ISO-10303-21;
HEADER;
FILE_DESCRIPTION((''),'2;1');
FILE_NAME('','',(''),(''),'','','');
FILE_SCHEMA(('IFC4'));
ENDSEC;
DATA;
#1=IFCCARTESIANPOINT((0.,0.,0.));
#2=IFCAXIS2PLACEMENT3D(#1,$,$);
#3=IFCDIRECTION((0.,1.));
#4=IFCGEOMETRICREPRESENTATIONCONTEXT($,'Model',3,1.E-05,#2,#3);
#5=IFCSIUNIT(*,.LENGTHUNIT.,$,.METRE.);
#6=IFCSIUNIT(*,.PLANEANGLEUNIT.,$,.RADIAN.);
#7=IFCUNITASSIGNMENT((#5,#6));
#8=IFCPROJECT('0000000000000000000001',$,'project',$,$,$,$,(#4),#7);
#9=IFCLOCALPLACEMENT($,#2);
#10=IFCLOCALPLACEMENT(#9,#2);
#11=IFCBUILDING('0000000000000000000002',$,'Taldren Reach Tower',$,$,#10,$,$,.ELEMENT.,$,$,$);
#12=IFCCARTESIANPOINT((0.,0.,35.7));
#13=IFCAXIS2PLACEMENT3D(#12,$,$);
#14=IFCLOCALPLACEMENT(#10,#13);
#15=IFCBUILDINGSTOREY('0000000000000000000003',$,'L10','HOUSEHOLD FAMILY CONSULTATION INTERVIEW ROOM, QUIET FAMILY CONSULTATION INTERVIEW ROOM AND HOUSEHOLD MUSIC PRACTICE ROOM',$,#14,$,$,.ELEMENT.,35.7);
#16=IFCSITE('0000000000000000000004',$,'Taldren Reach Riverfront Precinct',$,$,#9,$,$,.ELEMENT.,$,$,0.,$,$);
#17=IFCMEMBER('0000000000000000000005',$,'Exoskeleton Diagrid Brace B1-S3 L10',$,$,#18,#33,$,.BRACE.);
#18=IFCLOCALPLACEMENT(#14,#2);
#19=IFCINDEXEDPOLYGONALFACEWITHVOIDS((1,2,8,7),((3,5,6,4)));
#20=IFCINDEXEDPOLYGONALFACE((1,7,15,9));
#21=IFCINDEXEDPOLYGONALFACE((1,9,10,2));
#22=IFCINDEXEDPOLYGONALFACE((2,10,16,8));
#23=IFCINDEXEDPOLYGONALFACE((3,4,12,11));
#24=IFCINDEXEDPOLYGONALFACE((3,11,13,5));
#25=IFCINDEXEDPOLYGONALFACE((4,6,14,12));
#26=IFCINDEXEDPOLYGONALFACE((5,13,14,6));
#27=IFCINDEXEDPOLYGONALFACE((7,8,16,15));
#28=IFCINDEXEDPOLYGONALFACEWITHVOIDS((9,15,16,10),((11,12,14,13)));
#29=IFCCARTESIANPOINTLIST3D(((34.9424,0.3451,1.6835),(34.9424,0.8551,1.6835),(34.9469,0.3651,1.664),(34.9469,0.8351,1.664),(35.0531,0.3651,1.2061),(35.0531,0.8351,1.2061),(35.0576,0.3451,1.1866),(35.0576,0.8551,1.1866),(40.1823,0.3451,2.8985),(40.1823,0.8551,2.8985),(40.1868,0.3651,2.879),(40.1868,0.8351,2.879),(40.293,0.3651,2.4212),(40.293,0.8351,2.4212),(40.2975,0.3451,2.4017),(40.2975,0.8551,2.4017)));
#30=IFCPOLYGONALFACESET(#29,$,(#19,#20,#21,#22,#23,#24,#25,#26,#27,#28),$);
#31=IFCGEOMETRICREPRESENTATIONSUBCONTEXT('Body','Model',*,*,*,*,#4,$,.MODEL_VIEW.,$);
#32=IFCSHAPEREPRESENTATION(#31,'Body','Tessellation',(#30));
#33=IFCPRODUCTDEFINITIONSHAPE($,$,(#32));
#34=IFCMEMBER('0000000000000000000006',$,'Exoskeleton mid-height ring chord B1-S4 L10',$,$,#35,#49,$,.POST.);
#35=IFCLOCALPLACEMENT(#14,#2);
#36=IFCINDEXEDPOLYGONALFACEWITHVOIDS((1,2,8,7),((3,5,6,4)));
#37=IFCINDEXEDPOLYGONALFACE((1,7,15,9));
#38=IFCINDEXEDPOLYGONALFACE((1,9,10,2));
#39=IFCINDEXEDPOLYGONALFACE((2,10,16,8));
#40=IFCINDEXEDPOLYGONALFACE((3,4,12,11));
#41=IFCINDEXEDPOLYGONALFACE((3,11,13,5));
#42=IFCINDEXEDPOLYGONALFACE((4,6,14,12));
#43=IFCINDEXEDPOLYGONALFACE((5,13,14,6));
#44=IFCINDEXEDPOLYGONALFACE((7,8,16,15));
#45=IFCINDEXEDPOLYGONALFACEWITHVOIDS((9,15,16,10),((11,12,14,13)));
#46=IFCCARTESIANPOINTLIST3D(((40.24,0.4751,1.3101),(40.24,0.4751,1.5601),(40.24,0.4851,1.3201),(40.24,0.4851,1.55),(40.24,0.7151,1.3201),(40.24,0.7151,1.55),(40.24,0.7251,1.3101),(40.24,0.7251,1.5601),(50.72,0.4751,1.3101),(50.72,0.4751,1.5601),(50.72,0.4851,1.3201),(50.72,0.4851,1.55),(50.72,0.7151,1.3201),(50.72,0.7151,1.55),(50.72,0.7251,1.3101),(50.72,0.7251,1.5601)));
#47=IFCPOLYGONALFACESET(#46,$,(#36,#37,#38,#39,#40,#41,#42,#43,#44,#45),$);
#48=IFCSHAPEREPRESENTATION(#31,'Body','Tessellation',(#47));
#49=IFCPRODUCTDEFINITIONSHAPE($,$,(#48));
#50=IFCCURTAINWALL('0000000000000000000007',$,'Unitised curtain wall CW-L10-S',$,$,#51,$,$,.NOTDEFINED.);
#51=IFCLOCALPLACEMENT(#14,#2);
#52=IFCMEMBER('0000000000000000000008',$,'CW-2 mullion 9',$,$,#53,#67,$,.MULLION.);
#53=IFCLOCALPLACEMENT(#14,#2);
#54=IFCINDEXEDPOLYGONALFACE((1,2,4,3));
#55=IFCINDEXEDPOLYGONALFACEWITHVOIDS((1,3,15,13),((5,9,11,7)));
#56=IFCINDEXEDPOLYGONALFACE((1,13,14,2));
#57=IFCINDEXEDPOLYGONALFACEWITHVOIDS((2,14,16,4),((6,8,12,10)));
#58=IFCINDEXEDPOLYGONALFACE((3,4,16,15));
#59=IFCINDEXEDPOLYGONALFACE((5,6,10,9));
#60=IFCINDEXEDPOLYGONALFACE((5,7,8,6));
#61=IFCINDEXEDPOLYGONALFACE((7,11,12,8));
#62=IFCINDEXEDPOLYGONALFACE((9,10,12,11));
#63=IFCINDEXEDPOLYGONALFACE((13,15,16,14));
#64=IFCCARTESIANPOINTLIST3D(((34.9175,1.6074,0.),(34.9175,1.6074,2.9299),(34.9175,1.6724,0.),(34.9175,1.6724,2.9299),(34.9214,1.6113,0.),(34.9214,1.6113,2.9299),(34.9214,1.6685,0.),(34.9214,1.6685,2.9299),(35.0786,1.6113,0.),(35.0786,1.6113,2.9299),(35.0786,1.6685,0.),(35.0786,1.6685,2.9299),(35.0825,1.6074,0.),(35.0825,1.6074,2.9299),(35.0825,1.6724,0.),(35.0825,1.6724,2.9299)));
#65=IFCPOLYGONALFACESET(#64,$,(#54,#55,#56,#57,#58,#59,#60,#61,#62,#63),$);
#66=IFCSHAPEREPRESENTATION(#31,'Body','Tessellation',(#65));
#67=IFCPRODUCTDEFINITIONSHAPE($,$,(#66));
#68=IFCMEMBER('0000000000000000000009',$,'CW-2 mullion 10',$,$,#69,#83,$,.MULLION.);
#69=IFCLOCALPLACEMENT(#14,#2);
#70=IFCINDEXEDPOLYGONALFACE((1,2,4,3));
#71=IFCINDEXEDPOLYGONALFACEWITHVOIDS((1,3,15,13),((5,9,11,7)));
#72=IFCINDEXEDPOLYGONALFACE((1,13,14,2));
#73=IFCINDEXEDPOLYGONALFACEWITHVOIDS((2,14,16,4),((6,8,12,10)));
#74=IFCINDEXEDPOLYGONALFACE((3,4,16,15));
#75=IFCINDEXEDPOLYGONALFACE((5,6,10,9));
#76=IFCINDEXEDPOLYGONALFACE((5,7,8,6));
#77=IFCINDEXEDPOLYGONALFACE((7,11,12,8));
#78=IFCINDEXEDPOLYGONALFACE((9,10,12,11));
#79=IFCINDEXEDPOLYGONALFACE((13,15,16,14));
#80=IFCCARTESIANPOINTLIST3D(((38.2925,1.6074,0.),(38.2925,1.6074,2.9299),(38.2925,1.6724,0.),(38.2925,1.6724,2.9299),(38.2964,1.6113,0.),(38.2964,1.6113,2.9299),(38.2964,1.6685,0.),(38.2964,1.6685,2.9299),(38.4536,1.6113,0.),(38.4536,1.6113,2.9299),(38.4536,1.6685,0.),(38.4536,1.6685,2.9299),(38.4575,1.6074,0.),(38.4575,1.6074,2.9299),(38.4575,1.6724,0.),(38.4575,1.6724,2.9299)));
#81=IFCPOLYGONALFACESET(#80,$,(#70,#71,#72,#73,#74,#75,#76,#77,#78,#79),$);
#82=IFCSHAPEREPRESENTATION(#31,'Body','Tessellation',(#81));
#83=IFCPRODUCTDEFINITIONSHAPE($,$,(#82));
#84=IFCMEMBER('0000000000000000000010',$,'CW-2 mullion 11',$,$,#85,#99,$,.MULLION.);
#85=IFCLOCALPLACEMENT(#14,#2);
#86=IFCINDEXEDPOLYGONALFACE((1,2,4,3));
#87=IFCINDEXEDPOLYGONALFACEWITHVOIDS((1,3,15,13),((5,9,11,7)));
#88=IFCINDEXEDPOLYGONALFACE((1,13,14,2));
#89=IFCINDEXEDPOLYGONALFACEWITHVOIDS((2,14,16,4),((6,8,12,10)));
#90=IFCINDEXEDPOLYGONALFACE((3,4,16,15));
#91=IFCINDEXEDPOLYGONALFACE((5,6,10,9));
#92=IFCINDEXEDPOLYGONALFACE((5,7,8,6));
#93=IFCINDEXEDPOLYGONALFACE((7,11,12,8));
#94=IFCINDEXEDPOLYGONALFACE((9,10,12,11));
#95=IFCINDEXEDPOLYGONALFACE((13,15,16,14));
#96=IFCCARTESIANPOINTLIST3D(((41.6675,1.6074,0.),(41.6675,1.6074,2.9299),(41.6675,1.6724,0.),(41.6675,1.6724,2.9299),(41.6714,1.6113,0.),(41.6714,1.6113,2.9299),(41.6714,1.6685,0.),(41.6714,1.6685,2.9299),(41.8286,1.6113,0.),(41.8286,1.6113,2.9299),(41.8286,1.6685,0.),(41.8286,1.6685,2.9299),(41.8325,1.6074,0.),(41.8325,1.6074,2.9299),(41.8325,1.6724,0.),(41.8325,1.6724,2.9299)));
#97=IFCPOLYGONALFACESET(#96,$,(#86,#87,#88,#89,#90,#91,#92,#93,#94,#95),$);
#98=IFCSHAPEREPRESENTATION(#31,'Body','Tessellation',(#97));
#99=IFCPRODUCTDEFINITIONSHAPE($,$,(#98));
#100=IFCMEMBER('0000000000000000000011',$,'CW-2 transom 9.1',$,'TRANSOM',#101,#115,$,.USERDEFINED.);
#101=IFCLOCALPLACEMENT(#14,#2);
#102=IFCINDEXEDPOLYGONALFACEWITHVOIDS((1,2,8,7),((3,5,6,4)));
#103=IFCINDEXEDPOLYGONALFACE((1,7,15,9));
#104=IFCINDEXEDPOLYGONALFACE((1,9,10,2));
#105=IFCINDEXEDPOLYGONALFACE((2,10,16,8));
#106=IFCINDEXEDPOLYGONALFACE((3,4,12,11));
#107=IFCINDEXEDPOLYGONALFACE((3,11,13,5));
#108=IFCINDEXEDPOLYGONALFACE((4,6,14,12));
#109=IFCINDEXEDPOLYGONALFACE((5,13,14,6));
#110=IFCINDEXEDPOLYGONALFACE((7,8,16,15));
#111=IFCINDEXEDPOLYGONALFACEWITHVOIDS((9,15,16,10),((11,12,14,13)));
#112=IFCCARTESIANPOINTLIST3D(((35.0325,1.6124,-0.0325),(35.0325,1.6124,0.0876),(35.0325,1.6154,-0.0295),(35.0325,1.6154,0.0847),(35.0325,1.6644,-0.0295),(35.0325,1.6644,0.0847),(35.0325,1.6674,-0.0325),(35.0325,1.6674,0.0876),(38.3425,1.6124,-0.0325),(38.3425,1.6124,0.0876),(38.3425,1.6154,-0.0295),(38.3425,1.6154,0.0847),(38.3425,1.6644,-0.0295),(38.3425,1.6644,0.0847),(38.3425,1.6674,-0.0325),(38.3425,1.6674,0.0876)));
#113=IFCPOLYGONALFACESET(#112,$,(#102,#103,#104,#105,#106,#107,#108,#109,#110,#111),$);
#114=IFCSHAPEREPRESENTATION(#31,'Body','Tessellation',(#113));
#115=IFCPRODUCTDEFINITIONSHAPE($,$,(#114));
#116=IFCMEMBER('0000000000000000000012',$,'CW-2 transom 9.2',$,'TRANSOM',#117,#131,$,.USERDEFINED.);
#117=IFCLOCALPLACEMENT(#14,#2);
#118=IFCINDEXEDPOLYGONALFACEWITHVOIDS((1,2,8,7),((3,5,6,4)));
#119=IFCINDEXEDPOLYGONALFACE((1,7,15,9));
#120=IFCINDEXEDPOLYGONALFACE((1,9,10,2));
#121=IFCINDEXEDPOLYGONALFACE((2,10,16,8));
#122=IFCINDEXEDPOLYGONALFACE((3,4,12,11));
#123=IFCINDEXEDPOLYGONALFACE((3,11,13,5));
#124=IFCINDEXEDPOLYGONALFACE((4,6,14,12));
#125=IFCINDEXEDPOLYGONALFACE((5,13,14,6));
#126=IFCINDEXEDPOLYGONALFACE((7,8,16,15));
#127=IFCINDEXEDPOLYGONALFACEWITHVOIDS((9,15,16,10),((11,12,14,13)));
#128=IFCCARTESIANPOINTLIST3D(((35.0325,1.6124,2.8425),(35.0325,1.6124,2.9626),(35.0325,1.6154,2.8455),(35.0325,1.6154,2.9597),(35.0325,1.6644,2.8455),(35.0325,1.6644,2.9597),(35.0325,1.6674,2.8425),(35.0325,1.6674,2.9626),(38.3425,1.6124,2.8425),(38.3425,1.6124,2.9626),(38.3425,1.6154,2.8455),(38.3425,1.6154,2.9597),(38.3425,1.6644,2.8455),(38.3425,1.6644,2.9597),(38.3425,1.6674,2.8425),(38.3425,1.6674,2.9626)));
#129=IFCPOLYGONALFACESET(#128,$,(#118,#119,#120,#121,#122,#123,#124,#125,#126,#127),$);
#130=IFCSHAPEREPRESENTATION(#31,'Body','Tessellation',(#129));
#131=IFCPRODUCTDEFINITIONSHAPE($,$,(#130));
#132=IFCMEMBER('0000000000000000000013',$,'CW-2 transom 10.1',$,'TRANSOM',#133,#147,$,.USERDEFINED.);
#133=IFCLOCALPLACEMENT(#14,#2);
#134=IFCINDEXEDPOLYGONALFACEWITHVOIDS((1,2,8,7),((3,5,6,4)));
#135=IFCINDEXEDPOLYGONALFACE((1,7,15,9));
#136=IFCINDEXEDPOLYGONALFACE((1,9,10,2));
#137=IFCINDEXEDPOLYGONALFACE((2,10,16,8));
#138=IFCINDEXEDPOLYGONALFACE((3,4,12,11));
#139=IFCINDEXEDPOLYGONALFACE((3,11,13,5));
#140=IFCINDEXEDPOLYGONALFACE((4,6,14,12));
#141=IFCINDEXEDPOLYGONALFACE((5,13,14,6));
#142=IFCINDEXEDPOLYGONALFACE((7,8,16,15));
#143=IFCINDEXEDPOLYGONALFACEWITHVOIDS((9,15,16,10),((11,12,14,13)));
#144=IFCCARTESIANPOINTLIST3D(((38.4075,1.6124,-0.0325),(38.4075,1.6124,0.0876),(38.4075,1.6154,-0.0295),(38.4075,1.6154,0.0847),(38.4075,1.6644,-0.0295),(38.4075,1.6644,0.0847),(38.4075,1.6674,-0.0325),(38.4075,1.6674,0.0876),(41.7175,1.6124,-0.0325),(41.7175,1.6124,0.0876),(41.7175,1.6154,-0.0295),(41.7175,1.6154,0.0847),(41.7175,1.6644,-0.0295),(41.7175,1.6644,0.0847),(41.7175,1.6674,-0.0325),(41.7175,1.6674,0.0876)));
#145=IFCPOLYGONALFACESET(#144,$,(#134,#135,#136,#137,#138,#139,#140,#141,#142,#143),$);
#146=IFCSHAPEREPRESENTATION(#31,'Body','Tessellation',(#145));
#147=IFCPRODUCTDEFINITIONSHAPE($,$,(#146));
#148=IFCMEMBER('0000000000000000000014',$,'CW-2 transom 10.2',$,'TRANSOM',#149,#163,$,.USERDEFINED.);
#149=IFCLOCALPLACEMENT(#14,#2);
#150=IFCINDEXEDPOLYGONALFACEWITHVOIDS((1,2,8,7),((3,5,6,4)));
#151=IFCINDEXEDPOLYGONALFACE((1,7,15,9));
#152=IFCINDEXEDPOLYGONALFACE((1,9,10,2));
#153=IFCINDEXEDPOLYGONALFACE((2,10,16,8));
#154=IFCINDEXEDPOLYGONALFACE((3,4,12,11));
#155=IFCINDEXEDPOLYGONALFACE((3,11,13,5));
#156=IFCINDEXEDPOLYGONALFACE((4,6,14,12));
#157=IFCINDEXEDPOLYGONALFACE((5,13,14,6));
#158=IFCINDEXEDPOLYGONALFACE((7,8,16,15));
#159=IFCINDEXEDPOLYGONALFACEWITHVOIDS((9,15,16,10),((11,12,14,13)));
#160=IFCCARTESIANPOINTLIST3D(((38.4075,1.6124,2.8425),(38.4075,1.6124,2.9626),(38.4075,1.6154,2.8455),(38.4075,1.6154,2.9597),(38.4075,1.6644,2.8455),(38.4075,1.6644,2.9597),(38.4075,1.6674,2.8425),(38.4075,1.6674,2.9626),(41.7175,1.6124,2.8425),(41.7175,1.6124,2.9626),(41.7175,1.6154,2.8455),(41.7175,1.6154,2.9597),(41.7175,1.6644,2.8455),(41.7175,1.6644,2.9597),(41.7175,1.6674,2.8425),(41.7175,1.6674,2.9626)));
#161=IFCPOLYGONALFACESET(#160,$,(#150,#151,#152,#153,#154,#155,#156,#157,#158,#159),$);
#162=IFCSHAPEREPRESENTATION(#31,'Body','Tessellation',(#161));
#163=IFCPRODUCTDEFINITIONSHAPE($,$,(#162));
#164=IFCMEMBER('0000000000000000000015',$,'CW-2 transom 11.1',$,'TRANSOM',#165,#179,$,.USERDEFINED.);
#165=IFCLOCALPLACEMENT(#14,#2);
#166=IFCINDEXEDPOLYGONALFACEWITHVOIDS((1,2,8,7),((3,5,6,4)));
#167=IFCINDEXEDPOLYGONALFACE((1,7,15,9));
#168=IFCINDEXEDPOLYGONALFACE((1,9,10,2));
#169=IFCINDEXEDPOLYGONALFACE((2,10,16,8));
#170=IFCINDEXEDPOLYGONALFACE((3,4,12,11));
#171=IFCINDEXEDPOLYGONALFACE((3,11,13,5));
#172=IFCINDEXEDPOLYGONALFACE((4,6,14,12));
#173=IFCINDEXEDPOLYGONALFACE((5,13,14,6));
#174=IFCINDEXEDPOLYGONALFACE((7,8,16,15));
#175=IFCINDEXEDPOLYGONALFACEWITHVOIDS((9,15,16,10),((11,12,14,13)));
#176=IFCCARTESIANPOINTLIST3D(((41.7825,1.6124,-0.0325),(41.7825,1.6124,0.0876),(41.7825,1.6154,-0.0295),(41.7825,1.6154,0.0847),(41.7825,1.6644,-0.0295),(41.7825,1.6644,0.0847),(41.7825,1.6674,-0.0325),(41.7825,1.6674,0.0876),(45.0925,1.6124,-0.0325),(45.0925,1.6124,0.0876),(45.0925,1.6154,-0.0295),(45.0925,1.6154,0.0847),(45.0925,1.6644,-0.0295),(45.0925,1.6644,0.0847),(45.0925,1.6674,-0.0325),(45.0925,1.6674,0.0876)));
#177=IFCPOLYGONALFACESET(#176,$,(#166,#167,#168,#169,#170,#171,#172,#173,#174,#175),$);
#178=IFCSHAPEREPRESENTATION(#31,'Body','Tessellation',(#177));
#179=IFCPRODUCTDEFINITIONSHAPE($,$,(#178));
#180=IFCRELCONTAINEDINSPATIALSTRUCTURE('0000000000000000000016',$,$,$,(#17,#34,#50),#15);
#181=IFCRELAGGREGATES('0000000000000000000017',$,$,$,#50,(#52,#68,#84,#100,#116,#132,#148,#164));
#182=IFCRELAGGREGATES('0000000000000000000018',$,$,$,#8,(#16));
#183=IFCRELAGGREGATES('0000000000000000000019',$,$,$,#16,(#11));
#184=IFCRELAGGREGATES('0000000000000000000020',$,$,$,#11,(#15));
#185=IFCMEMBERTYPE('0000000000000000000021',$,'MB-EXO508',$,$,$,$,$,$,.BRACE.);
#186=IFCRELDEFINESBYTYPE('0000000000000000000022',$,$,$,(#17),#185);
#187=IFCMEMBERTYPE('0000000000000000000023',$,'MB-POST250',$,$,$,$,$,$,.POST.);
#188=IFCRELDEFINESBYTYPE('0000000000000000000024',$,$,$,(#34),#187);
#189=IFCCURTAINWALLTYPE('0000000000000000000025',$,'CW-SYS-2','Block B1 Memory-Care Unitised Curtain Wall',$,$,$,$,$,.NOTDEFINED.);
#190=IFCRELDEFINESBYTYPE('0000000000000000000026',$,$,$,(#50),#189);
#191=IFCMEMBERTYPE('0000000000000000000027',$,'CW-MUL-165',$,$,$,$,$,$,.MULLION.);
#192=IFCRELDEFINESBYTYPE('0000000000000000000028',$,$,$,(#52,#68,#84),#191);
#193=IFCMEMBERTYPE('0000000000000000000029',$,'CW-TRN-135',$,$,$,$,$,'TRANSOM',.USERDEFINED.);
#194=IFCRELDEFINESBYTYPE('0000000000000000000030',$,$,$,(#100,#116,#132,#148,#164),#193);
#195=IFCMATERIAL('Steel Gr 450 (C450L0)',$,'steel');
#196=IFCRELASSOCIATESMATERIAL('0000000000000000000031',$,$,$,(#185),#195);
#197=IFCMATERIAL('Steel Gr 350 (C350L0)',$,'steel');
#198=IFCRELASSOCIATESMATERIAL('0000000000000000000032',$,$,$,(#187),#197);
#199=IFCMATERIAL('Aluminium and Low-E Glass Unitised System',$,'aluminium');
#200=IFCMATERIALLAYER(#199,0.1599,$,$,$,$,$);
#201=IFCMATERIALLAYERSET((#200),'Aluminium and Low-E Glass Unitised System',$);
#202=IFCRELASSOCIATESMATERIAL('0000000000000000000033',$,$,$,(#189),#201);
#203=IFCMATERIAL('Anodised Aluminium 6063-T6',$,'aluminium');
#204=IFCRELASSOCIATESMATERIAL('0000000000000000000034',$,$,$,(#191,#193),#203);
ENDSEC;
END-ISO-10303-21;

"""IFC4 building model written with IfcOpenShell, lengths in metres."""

from ifc_helpers import new_model, si_unit, direction, frame, origin, origin_2d, place, context, subcontext, project, spatial, hollow_rectangle, extrude, source, transform, mapped, material, layer, layer_set, material_profile, profile_set, type_object, element, aggregate, save


model = new_model("IFC4")

# Units and contexts
model_context = context("Model", 3, precision=1e-05, world=origin(), true_north=direction((0.0, 1.0)))
body_context = subcontext(model_context, "Body", "Model", "MODEL_VIEW")
ifc_project = project(units=[si_unit("LENGTHUNIT", "METRE"), si_unit("PLANEANGLEUNIT", "RADIAN")], contexts=[model_context])

# Site, building, storey
site_placement = place(None, origin())
site = spatial("IfcSite", under=ifc_project, at=site_placement, Name="Taldren Reach Riverfront Precinct", CompositionType="ELEMENT", RefElevation=0.0)
building_placement = place(site_placement, origin())
building = spatial("IfcBuilding", under=site, at=building_placement, Name="Taldren Reach Tower", CompositionType="ELEMENT")
storey_placement = place(building_placement, frame((0.0, 0.0, 35.7)))
storey = spatial("IfcBuildingStorey", under=building, at=storey_placement, Name="L10", Description="HOUSEHOLD FAMILY CONSULTATION INTERVIEW ROOM, QUIET FAMILY CONSULTATION INTERVIEW ROOM AND HOUSEHOLD MUSIC PRACTICE ROOM", CompositionType="ELEMENT", Elevation=35.7)

# Members
ifc_material_1 = material(Name="Steel Gr 450 (C450L0)", Category="steel")
ifc_material_profile_1 = material_profile(ifc_material_1, hollow_rectangle(XDim=0.51, YDim=0.51, WallThickness=0.02, at=origin_2d()), Name="510x510x20.0SHS")
ifc_profile_set_1 = profile_set([ifc_material_profile_1], Name="Steel Gr 450 (C450L0)")
member_type_1 = type_object("IfcMemberType", Name="MB-EXO508", PredefinedType="BRACE", material=ifc_profile_set_1)
shared_shape_1 = source(origin(), body_context, "Body", "SweptSolid", [
    extrude(hollow_rectangle(XDim=0.51, YDim=0.51, WallThickness=0.02, at=origin_2d()), origin(), (0.0, 0.0, 1.0), 5.3789),
])
member_1_placement = place(storey_placement, frame((35.0, 0.6001, 1.4351), z_axis=(0.974152, 0.0, 0.225894), x_axis=(0.0, 1.0, 0.0)))
element("IfcMember", 1, at=member_1_placement, inside=storey, type_object=member_type_1, Name="Exoskeleton Diagrid Brace B1-S3 L10", PredefinedType="BRACE", context=body_context, shape_type="MappedRepresentation", body=[
    mapped(shared_shape_1, transform((0.0, 0.0, 0.0), scale=1.0)),
])
ifc_material_2 = material(Name="Steel Gr 350 (C350L0)", Category="steel")
ifc_material_profile_2 = material_profile(ifc_material_2, hollow_rectangle(XDim=0.25, YDim=0.25, WallThickness=0.01, at=origin_2d()), Name="250x250x10.0SHS")
ifc_profile_set_2 = profile_set([ifc_material_profile_2], Name="Steel Gr 350 (C350L0)")
member_type_2 = type_object("IfcMemberType", Name="MB-POST250", PredefinedType="POST", material=ifc_profile_set_2)
shared_shape_2 = source(origin(), body_context, "Body", "SweptSolid", [
    extrude(hollow_rectangle(XDim=0.25, YDim=0.25, WallThickness=0.01, at=origin_2d()), origin(), (0.0, 0.0, 1.0), 10.48),
])
member_2_placement = place(storey_placement, frame((40.24, 0.6001, 1.4351), z_axis=(1.0, 0.0, 0.0), x_axis=(0.0, 1.0, 0.0)))
element("IfcMember", 2, at=member_2_placement, inside=storey, type_object=member_type_2, Name="Exoskeleton mid-height ring chord B1-S4 L10", PredefinedType="POST", context=body_context, shape_type="MappedRepresentation", body=[
    mapped(shared_shape_2, transform((0.0, 0.0, 0.0), scale=1.0)),
])

# Curtain wall, members
ifc_material_3 = material(Name="Aluminium and Low-E Glass Unitised System", Category="aluminium")
ifc_layer_1 = layer(ifc_material_3, 0.1599)
ifc_layer_set_1 = layer_set([ifc_layer_1], Name="Aluminium and Low-E Glass Unitised System")
curtain_wall_type = type_object("IfcCurtainWallType", Name="CW-SYS-2", Description="Block B1 Memory-Care Unitised Curtain Wall", PredefinedType="NOTDEFINED", material=ifc_layer_set_1)
curtain_wall_placement = place(storey_placement, origin())
curtain_wall = element("IfcCurtainWall", 3, at=curtain_wall_placement, inside=storey, type_object=curtain_wall_type, Name="Unitised curtain wall CW-L10-S", PredefinedType="NOTDEFINED")
ifc_material_4 = material(Name="Anodised Aluminium 6063-T6", Category="aluminium")
ifc_material_profile_3 = material_profile(ifc_material_4, hollow_rectangle(XDim=0.0649, YDim=0.165, WallThickness=0.0039, at=origin_2d()), Name="ALU-165x65x4RHS")
ifc_profile_set_3 = profile_set([ifc_material_profile_3], Name="Anodised Aluminium 6063-T6")
member_type_3 = type_object("IfcMemberType", Name="CW-MUL-165", PredefinedType="MULLION", material=ifc_profile_set_3)
shared_shape_3 = source(origin(), body_context, "Body", "SweptSolid", [
    extrude(hollow_rectangle(XDim=0.0649, YDim=0.165, WallThickness=0.0039, at=origin_2d()), origin(), (0.0, 0.0, 1.0), 2.9299),
])
member_3_placement = place(storey_placement, frame((35.0, 1.6399, 0.0), z_axis=(0.0, 0.0, 1.0), x_axis=(0.0, 1.0, 0.0)))
member_3 = element("IfcMember", 4, at=member_3_placement, type_object=member_type_3, Name="CW-2 mullion 9", PredefinedType="MULLION", context=body_context, shape_type="MappedRepresentation", body=[
    mapped(shared_shape_3, transform((0.0, 0.0, 0.0), scale=1.0)),
])
member_4_placement = place(storey_placement, frame((38.375, 1.6399, 0.0), z_axis=(0.0, 0.0, 1.0), x_axis=(0.0, 1.0, 0.0)))
member_4 = element("IfcMember", 5, at=member_4_placement, type_object=member_type_3, Name="CW-2 mullion 10", PredefinedType="MULLION", context=body_context, shape_type="MappedRepresentation", body=[
    mapped(shared_shape_3, transform((0.0, 0.0, 0.0), scale=1.0)),
])
member_5_placement = place(storey_placement, frame((41.75, 1.6399, 0.0), z_axis=(0.0, 0.0, 1.0), x_axis=(0.0, 1.0, 0.0)))
member_5 = element("IfcMember", 6, at=member_5_placement, type_object=member_type_3, Name="CW-2 mullion 11", PredefinedType="MULLION", context=body_context, shape_type="MappedRepresentation", body=[
    mapped(shared_shape_3, transform((0.0, 0.0, 0.0), scale=1.0)),
])
ifc_material_profile_4 = material_profile(ifc_material_4, hollow_rectangle(XDim=0.0549, YDim=0.1201, WallThickness=0.0029, at=origin_2d()), Name="ALU-120x55x3RHS")
ifc_profile_set_4 = profile_set([ifc_material_profile_4], Name="Anodised Aluminium 6063-T6")
member_type_4 = type_object("IfcMemberType", Name="CW-TRN-135", ElementType="TRANSOM", PredefinedType="USERDEFINED", material=ifc_profile_set_4)
shared_shape_4 = source(origin(), body_context, "Body", "SweptSolid", [
    extrude(hollow_rectangle(XDim=0.0549, YDim=0.1201, WallThickness=0.0029, at=origin_2d()), origin(), (0.0, 0.0, 1.0), 3.3101),
])
member_6_placement = place(storey_placement, frame((35.0325, 1.6399, 0.0276), z_axis=(1.0, 0.0, 0.0), x_axis=(0.0, 1.0, 0.0)))
member_6 = element("IfcMember", 7, at=member_6_placement, type_object=member_type_4, Name="CW-2 transom 9.1", ObjectType="TRANSOM", PredefinedType="USERDEFINED", context=body_context, shape_type="MappedRepresentation", body=[
    mapped(shared_shape_4, transform((0.0, 0.0, 0.0), scale=1.0)),
])
member_7_placement = place(storey_placement, frame((35.0325, 1.6399, 2.9026), z_axis=(1.0, 0.0, 0.0), x_axis=(0.0, 1.0, 0.0)))
member_7 = element("IfcMember", 8, at=member_7_placement, type_object=member_type_4, Name="CW-2 transom 9.2", ObjectType="TRANSOM", PredefinedType="USERDEFINED", context=body_context, shape_type="MappedRepresentation", body=[
    mapped(shared_shape_4, transform((0.0, 0.0, 0.0), scale=1.0)),
])
member_8_placement = place(storey_placement, frame((38.4075, 1.6399, 0.0276), z_axis=(1.0, 0.0, 0.0), x_axis=(0.0, 1.0, 0.0)))
member_8 = element("IfcMember", 9, at=member_8_placement, type_object=member_type_4, Name="CW-2 transom 10.1", ObjectType="TRANSOM", PredefinedType="USERDEFINED", context=body_context, shape_type="MappedRepresentation", body=[
    mapped(shared_shape_4, transform((0.0, 0.0, 0.0), scale=1.0)),
])
member_9_placement = place(storey_placement, frame((38.4075, 1.6399, 2.9026), z_axis=(1.0, 0.0, 0.0), x_axis=(0.0, 1.0, 0.0)))
member_9 = element("IfcMember", 10, at=member_9_placement, type_object=member_type_4, Name="CW-2 transom 10.2", ObjectType="TRANSOM", PredefinedType="USERDEFINED", context=body_context, shape_type="MappedRepresentation", body=[
    mapped(shared_shape_4, transform((0.0, 0.0, 0.0), scale=1.0)),
])
member_10_placement = place(storey_placement, frame((41.7825, 1.6399, 0.0276), z_axis=(1.0, 0.0, 0.0), x_axis=(0.0, 1.0, 0.0)))
member_10 = element("IfcMember", 11, at=member_10_placement, type_object=member_type_4, Name="CW-2 transom 11.1", ObjectType="TRANSOM", PredefinedType="USERDEFINED", context=body_context, shape_type="MappedRepresentation", body=[
    mapped(shared_shape_4, transform((0.0, 0.0, 0.0), scale=1.0)),
])

aggregate(curtain_wall, [member_3, member_4, member_5, member_6, member_7, member_8, member_9, member_10])

save(model, "model.ifc")
